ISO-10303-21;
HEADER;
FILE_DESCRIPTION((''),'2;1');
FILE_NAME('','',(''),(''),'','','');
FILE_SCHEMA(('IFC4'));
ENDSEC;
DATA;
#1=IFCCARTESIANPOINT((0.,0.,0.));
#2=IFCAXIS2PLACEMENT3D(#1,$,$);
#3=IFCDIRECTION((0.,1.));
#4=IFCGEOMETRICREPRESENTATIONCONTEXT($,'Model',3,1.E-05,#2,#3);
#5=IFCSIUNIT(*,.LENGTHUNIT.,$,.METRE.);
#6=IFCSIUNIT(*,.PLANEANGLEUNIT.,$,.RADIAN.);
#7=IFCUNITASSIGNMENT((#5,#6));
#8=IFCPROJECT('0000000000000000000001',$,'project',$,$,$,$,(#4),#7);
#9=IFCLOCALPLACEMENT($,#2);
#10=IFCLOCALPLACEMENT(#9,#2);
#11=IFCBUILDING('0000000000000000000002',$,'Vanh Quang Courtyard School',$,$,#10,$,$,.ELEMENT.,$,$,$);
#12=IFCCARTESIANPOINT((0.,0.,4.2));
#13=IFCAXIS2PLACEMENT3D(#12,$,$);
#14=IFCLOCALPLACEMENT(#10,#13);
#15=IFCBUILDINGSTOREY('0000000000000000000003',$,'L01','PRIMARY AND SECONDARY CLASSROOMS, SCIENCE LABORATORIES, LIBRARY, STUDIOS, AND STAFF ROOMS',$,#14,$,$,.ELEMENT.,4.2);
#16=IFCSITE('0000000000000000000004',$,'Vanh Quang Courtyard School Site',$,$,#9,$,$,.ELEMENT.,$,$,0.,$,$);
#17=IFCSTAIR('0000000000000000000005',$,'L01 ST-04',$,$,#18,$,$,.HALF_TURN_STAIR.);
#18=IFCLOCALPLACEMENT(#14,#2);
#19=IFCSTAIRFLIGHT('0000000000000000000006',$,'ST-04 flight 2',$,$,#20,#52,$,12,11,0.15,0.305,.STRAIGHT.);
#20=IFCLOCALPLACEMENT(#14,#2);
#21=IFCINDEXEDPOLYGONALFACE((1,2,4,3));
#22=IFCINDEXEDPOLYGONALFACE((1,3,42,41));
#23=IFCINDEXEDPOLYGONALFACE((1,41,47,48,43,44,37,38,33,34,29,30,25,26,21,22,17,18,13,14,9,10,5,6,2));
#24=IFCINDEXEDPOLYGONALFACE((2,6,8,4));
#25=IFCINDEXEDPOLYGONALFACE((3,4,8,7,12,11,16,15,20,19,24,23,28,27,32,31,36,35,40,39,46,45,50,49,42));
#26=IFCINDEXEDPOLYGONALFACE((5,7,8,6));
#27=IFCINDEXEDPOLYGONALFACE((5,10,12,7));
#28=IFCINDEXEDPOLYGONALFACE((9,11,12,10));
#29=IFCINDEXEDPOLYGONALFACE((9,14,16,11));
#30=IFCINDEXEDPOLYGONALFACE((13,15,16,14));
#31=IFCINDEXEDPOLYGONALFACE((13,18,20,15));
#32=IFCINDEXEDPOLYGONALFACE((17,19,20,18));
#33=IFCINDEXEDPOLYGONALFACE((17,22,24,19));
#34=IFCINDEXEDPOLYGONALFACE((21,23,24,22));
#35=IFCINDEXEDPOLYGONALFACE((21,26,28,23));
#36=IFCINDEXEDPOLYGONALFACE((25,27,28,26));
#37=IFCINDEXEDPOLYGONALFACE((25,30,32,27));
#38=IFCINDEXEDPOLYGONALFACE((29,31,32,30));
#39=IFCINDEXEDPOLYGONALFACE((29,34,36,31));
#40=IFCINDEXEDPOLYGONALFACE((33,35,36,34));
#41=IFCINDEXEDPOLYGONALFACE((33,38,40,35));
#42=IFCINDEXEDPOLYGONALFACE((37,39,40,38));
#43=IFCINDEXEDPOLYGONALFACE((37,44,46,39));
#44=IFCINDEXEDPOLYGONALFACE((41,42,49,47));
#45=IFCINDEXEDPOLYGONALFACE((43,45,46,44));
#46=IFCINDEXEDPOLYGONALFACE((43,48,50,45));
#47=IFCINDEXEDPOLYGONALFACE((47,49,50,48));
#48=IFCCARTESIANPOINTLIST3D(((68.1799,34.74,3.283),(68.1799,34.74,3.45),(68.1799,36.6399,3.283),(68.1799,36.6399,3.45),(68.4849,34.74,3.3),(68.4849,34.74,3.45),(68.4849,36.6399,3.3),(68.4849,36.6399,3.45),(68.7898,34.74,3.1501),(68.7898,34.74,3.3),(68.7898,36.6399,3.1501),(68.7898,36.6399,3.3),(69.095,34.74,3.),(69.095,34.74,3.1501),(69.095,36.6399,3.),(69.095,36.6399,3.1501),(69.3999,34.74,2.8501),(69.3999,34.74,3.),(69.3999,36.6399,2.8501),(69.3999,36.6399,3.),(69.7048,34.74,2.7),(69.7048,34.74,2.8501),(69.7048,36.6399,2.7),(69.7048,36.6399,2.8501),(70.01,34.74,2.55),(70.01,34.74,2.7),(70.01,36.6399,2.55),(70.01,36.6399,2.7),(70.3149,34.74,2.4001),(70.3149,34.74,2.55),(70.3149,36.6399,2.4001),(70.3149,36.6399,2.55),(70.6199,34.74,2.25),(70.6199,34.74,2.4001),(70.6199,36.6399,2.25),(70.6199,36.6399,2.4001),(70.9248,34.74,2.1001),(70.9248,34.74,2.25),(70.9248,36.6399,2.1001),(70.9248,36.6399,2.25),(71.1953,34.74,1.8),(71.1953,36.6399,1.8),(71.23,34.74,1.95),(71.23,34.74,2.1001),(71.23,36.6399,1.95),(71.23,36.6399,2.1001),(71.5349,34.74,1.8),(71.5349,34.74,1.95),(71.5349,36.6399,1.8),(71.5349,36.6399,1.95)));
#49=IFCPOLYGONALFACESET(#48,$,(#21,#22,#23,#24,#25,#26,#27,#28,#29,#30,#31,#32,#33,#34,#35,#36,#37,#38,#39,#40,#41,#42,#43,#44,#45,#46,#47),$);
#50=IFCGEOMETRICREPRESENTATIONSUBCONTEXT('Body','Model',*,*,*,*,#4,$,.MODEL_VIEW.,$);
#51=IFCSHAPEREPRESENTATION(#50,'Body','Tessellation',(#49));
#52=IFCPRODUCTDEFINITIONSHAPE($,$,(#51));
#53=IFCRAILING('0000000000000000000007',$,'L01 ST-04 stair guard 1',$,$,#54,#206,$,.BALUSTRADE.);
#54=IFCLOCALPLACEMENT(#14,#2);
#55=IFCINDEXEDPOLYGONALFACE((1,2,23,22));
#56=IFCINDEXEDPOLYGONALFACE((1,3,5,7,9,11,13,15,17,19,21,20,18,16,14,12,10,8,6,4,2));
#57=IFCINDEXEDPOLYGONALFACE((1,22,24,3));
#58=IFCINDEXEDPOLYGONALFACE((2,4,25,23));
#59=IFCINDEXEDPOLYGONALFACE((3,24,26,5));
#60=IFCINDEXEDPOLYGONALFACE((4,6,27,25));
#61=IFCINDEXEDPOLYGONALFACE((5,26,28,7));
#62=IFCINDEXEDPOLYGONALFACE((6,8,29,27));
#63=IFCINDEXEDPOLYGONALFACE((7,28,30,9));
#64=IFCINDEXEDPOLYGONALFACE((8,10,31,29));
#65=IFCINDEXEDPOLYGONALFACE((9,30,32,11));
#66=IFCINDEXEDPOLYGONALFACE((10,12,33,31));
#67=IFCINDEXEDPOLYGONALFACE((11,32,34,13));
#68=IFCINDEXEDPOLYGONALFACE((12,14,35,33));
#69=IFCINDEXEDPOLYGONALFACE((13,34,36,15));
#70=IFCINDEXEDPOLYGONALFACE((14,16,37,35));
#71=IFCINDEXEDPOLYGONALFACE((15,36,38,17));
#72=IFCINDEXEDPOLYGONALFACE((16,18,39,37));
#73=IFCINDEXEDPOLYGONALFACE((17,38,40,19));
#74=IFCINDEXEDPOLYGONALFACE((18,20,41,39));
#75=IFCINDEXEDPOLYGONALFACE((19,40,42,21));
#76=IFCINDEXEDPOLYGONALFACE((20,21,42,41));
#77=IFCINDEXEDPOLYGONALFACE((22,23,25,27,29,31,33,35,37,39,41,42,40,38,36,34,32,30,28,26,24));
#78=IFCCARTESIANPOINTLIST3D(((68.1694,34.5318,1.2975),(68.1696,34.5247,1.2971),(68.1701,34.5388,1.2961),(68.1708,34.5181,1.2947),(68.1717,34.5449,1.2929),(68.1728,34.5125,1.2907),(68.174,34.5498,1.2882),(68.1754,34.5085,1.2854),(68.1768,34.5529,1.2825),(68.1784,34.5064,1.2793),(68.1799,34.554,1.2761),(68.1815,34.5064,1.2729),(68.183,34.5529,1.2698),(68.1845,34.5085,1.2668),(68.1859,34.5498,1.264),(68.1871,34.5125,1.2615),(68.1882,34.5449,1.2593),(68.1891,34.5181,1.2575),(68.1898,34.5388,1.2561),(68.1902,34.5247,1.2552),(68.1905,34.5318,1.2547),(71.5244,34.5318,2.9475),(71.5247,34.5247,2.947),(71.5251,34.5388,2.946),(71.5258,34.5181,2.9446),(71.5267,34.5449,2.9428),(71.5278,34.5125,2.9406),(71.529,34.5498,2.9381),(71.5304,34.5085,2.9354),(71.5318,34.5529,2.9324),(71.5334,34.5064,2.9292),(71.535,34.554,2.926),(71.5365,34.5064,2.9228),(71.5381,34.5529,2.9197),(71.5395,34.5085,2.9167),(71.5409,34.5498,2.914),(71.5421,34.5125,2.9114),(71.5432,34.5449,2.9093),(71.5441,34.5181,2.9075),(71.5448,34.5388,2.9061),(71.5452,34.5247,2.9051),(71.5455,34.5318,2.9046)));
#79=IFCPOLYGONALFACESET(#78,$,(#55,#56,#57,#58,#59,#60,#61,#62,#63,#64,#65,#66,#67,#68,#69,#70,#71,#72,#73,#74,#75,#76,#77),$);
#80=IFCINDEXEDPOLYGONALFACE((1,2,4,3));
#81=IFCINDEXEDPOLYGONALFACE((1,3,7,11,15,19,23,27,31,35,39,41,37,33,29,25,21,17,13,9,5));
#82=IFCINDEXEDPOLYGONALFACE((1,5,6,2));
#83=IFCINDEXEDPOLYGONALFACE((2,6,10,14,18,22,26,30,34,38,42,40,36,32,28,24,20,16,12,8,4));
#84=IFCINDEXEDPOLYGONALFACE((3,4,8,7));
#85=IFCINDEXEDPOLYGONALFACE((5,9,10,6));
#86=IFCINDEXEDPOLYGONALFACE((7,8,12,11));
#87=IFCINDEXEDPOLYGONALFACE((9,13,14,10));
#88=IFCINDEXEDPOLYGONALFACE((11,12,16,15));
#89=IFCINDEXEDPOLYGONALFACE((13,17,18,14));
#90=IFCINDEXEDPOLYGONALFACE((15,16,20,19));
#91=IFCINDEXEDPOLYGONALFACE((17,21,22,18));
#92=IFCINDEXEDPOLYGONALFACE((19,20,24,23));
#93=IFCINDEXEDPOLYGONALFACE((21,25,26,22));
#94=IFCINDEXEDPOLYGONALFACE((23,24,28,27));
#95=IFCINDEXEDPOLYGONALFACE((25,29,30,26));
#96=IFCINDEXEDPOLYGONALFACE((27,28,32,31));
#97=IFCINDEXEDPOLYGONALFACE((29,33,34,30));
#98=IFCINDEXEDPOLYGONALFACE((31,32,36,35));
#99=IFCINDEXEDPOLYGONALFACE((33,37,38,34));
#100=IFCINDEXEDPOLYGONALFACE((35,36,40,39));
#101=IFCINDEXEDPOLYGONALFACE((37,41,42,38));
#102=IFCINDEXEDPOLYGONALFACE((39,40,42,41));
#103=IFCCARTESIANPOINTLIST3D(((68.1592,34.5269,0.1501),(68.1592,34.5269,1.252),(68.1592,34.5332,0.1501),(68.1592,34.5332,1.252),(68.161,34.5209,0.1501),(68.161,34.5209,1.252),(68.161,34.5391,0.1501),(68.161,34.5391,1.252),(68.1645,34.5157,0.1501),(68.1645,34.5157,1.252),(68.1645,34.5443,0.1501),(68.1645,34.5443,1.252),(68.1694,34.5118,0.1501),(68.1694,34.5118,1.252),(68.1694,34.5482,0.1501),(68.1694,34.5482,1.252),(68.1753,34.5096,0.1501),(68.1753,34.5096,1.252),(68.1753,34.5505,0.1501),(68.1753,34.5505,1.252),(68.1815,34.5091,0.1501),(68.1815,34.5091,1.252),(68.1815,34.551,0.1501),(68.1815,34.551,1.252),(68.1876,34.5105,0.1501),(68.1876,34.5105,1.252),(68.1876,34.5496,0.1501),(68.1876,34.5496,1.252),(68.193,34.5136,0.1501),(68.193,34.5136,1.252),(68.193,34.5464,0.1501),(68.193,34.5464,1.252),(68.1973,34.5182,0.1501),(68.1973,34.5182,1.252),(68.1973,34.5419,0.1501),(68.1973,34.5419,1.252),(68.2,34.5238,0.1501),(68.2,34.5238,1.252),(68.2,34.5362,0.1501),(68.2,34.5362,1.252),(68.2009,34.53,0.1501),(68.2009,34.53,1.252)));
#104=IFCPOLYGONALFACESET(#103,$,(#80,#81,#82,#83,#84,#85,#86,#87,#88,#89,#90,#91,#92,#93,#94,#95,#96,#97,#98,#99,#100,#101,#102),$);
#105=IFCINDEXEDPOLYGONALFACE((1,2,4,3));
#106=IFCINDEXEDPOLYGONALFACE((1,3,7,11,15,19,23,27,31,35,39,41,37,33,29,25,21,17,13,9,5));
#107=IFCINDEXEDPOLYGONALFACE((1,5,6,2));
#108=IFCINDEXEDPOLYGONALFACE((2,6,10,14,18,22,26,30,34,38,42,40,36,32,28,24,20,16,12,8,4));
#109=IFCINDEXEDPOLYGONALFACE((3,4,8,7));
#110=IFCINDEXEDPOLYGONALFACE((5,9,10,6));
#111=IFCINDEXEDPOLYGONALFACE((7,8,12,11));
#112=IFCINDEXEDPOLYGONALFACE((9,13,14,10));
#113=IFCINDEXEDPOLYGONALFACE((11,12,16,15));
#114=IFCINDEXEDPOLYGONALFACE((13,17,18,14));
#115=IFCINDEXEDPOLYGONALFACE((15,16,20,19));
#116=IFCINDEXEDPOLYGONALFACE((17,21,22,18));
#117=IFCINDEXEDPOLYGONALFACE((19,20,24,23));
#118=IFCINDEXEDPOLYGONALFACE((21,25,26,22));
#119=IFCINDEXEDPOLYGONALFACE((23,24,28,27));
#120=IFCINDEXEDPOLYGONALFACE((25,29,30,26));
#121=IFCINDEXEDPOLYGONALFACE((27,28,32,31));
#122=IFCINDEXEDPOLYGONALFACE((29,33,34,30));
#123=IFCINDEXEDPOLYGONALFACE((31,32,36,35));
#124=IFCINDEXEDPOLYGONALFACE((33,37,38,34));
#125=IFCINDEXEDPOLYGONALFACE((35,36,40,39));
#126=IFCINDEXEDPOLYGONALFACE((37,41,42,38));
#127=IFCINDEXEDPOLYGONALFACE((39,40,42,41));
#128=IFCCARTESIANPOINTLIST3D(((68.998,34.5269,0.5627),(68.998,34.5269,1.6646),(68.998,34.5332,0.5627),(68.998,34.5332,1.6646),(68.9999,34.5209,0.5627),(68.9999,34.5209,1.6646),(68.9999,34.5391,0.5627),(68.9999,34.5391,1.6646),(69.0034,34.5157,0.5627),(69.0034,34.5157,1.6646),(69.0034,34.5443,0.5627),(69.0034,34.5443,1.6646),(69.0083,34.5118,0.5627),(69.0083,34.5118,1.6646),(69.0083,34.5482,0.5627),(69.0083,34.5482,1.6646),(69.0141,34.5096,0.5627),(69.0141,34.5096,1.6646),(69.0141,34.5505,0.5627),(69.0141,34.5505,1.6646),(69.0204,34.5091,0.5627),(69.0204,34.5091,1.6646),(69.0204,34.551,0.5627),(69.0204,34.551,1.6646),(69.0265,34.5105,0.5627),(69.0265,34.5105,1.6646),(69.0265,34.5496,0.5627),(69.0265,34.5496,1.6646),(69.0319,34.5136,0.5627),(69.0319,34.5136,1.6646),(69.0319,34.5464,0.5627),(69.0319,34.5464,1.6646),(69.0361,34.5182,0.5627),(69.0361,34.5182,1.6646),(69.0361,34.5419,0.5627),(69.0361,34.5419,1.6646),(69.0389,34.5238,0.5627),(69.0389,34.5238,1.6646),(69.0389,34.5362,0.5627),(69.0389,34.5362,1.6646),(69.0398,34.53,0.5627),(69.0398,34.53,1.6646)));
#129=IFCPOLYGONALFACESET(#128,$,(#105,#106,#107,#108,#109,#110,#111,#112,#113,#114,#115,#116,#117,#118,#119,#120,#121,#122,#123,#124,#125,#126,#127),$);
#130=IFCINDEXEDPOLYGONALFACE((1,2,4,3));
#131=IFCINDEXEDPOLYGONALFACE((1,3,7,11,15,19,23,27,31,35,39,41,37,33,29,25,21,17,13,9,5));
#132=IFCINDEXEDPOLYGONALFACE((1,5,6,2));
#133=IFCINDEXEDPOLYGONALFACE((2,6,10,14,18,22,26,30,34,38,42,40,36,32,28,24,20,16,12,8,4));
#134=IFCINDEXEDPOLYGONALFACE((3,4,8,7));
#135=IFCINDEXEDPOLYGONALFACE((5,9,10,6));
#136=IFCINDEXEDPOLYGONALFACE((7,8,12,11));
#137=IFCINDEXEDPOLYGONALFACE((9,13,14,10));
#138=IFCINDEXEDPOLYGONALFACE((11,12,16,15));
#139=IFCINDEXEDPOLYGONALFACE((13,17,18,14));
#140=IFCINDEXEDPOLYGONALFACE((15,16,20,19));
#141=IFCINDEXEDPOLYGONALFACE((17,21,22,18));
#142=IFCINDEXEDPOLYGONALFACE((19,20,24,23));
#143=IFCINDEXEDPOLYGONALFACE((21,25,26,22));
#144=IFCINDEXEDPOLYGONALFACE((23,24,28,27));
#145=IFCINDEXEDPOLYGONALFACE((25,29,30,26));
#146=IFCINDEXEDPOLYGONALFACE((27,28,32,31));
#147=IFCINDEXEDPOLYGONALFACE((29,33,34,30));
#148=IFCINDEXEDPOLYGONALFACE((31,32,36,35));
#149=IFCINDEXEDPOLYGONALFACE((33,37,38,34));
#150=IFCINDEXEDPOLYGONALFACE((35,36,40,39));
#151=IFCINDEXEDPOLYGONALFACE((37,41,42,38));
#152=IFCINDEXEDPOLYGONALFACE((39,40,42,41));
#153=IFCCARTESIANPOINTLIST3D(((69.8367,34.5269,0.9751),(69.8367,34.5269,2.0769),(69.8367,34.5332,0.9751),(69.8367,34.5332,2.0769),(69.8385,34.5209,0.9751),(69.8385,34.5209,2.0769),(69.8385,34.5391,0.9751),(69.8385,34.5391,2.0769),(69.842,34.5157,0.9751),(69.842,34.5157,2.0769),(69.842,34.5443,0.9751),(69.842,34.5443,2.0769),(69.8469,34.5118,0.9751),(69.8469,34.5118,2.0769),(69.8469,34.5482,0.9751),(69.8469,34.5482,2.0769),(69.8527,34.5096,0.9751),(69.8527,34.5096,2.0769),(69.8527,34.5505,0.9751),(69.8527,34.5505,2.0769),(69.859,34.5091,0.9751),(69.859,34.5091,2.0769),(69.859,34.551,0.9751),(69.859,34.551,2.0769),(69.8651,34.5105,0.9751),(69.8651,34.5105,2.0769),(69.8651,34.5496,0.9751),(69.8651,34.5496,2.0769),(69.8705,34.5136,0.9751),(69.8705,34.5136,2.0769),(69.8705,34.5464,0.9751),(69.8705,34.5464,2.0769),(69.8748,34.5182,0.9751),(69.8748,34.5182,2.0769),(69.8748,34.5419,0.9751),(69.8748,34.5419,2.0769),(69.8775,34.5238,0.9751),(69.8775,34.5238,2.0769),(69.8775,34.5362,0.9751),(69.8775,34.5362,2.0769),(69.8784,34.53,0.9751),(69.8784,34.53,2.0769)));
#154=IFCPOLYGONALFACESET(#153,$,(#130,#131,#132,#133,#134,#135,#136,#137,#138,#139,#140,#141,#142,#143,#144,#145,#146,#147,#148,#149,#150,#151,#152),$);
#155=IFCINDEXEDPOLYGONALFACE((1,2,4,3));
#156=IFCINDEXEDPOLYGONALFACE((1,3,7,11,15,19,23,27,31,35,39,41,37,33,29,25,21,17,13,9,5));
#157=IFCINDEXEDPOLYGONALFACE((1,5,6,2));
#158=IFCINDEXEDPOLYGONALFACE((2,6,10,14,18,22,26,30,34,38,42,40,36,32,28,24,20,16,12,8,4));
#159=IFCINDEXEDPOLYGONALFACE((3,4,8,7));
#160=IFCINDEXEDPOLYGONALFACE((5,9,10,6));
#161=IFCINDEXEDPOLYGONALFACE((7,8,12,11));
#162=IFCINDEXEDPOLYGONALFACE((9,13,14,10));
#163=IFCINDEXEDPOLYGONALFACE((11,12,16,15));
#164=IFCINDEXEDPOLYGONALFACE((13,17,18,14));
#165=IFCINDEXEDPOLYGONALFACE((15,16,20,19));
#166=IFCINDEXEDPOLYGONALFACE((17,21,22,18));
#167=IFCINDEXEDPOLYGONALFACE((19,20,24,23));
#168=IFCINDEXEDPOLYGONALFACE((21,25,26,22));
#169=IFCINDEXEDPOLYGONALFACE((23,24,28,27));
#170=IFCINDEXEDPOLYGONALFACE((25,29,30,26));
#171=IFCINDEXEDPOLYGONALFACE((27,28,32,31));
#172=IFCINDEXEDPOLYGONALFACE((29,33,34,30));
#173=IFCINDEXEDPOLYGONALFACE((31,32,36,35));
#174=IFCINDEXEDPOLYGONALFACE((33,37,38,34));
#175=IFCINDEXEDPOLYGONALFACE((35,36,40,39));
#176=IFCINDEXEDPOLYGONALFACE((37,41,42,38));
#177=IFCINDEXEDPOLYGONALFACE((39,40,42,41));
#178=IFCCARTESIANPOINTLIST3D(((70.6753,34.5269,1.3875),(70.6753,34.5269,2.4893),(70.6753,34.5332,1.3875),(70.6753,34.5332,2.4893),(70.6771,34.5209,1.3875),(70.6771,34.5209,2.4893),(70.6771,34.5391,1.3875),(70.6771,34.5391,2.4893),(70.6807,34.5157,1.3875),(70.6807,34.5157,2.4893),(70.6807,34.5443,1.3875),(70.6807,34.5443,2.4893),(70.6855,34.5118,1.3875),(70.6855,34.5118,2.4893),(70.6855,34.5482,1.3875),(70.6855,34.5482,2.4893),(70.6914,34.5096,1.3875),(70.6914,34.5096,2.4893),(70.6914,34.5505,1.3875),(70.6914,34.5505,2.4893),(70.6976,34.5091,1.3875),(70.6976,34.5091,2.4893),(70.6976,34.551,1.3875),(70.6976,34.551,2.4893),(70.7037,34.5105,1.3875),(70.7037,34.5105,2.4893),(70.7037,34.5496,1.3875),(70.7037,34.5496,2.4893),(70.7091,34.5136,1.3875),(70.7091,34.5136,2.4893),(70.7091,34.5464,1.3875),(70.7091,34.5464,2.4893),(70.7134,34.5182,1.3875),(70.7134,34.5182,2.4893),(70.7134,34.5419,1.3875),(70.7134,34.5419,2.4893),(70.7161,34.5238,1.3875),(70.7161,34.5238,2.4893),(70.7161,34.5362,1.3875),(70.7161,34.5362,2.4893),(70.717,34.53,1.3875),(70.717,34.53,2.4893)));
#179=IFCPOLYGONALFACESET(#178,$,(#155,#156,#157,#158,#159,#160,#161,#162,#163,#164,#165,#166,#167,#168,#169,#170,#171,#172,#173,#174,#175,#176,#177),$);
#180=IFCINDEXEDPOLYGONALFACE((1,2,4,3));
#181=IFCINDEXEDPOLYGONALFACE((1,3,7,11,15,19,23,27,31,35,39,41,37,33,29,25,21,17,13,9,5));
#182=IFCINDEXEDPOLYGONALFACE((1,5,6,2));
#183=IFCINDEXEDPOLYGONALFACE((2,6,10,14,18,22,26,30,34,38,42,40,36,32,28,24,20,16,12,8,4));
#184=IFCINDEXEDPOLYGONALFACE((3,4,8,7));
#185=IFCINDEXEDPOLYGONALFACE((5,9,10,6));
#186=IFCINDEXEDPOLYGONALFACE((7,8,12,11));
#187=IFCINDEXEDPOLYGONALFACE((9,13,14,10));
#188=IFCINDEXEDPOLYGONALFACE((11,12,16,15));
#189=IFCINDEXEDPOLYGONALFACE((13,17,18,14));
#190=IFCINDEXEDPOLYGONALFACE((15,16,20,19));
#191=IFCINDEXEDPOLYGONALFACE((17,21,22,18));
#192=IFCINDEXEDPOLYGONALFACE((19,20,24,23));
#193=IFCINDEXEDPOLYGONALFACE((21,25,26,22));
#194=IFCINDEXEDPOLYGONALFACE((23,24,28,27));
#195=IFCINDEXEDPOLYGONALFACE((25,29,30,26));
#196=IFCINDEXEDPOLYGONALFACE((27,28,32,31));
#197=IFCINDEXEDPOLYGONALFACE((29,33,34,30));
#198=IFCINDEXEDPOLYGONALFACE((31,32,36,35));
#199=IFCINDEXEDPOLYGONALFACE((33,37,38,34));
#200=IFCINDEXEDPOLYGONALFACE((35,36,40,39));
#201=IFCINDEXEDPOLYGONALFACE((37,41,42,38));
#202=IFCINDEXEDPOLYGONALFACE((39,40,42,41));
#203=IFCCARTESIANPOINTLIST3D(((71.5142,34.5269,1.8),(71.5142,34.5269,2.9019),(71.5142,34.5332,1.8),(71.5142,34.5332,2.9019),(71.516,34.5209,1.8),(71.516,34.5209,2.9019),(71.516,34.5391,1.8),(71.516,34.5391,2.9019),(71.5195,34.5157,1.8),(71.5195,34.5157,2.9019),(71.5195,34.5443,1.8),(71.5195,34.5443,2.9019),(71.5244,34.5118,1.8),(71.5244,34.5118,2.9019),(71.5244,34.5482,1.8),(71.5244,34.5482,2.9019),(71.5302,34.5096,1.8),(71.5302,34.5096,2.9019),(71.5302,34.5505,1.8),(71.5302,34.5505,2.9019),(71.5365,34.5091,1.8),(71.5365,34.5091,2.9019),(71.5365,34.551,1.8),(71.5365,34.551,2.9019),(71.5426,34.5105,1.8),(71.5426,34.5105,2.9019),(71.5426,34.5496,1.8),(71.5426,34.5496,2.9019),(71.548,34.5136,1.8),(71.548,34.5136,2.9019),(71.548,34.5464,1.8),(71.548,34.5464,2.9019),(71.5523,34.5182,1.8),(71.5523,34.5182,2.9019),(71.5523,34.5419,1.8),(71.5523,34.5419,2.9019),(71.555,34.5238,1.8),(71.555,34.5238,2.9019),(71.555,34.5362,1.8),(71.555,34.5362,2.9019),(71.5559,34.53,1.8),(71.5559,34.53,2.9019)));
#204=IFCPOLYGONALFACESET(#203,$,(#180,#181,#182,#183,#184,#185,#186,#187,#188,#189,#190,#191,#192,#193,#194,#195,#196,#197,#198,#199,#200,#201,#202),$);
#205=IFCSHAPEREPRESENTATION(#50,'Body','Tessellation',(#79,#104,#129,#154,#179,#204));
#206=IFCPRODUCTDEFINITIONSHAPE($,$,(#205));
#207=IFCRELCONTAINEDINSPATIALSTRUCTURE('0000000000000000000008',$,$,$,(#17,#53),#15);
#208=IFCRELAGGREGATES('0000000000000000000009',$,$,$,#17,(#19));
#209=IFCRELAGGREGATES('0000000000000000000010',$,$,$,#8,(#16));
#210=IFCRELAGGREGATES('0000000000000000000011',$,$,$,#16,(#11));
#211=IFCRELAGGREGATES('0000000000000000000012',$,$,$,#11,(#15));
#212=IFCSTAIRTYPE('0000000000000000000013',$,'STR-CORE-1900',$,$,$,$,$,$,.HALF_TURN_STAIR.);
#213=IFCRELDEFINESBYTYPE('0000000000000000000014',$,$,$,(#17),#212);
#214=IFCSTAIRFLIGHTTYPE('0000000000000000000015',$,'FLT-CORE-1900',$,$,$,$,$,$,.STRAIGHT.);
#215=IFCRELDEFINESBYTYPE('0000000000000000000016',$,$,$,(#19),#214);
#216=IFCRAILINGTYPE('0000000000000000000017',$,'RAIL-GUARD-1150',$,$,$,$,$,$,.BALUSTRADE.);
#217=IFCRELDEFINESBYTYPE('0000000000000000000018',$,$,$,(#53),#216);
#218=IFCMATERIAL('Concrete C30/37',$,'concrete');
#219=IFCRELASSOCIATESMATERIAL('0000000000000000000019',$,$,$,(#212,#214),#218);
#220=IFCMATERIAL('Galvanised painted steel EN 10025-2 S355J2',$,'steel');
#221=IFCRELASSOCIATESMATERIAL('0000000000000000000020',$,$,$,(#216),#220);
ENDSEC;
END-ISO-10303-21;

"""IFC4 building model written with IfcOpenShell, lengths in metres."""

from ifc_helpers import new_model, si_unit, direction, frame, origin, origin_2d, place, context, subcontext, project, spatial, polyline, circle, outline, extrude, material, type_object, element, aggregate, save


model = new_model("IFC4")

# Units and contexts
model_context = context("Model", 3, precision=1e-05, world=origin(), true_north=direction((0.0, 1.0)))
body_context = subcontext(model_context, "Body", "Model", "MODEL_VIEW")
ifc_project = project(units=[si_unit("LENGTHUNIT", "METRE"), si_unit("PLANEANGLEUNIT", "RADIAN")], contexts=[model_context])

# Site, building, storey
site_placement = place(None, origin())
site = spatial("IfcSite", under=ifc_project, at=site_placement, Name="Vanh Quang Courtyard School Site", CompositionType="ELEMENT", RefElevation=0.0)
building_placement = place(site_placement, origin())
building = spatial("IfcBuilding", under=site, at=building_placement, Name="Vanh Quang Courtyard School", CompositionType="ELEMENT")
storey_placement = place(building_placement, frame((0.0, 0.0, 4.2)))
storey = spatial("IfcBuildingStorey", under=building, at=storey_placement, Name="L01", Description="PRIMARY AND SECONDARY CLASSROOMS, SCIENCE LABORATORIES, LIBRARY, STUDIOS, AND STAFF ROOMS", CompositionType="ELEMENT", Elevation=4.2)

# Shared definitions
ifc_material_1 = material(Name="Concrete C30/37", Category="concrete")

# Stair, stair flight
stair_type = type_object("IfcStairType", Name="STR-CORE-1900", PredefinedType="HALF_TURN_STAIR", material=ifc_material_1)
stair_placement = place(storey_placement, origin())
stair = element("IfcStair", 1, at=stair_placement, inside=storey, type_object=stair_type, Name="L01 ST-04", PredefinedType="HALF_TURN_STAIR")
stair_flight_type = type_object("IfcStairFlightType", Name="FLT-CORE-1900", PredefinedType="STRAIGHT", material=ifc_material_1)
stair_flight_1_placement = place(storey_placement, frame((71.5349, 35.6899, 1.8), z_axis=(0.0, 0.0, 1.0), x_axis=(-1.0, 0.0, 0.0)))
stair_flight_1 = element("IfcStairFlight", 2, at=stair_flight_1_placement, type_object=stair_flight_type, Name="ST-04 flight 2", NumberOfRisers=12, NumberOfTreads=11, PredefinedType="STRAIGHT", RiserHeight=0.15, TreadLength=0.305, context=body_context, shape_type="SweptSolid", body=[
    extrude(outline(polyline([(0.0, 0.0), (0.0, 0.1499), (0.3049, 0.1499), (0.3049, 0.3), (0.6101, 0.3), (0.6101, 0.45), (0.915, 0.45), (0.915, 0.6001), (1.22, 0.6001), (1.22, 0.75), (1.5249, 0.75), (1.5249, 0.8999), (1.8301, 0.8999), (1.8301, 1.05), (2.135, 1.05), (2.135, 1.2), (2.4399, 1.2), (2.4399, 1.3501), (2.7451, 1.3501), (2.7451, 1.5), (3.05, 1.5), (3.05, 1.6499), (3.355, 1.6499), (3.355, 1.8), (3.355, 1.4829), (0.3396, 0.0), (0.0, 0.0)])), frame((0.0, 0.95, 0.0), z_axis=(0.0, -1.0, 0.0), x_axis=(1.0, 0.0, 0.0)), (0.0, 0.0, 1.0), 1.8999),
])
aggregate(stair, [stair_flight_1])

# Railing
ifc_material_2 = material(Name="Galvanised painted steel EN 10025-2 S355J2", Category="steel")
railing_type_1 = type_object("IfcRailingType", Name="RAIL-GUARD-1150", PredefinedType="BALUSTRADE", material=ifc_material_2)
railing_1_placement = place(storey_placement, frame((68.1799, 34.53, 0.1501)))
element("IfcRailing", 3, at=railing_1_placement, inside=storey, type_object=railing_type_1, Name="L01 ST-04 stair guard 1", PredefinedType="BALUSTRADE", context=body_context, shape_type="SweptSolid", body=[
    extrude(circle(Radius=0.0239, at=origin_2d()), frame((0.0, 0.0, 1.126), z_axis=(0.897359, 0.0, 0.441301), x_axis=(0.0, 1.0, 0.0)), (0.0, 0.0, 1.0), 3.7388),
    extrude(circle(Radius=0.021, at=origin_2d()), origin(), (0.0, 0.0, 1.0), 1.1018),
    extrude(circle(Radius=0.021, at=origin_2d()), frame((0.8389, 0.0, 0.4126)), (0.0, 0.0, 1.0), 1.1018),
    extrude(circle(Radius=0.021, at=origin_2d()), frame((1.6775, 0.0, 0.825)), (0.0, 0.0, 1.0), 1.1018),
    extrude(circle(Radius=0.021, at=origin_2d()), frame((2.5161, 0.0, 1.2373)), (0.0, 0.0, 1.0), 1.1018),
    extrude(circle(Radius=0.021, at=origin_2d()), frame((3.355, 0.0, 1.6499)), (0.0, 0.0, 1.0), 1.1018),
])

save(model, "model.ifc")
